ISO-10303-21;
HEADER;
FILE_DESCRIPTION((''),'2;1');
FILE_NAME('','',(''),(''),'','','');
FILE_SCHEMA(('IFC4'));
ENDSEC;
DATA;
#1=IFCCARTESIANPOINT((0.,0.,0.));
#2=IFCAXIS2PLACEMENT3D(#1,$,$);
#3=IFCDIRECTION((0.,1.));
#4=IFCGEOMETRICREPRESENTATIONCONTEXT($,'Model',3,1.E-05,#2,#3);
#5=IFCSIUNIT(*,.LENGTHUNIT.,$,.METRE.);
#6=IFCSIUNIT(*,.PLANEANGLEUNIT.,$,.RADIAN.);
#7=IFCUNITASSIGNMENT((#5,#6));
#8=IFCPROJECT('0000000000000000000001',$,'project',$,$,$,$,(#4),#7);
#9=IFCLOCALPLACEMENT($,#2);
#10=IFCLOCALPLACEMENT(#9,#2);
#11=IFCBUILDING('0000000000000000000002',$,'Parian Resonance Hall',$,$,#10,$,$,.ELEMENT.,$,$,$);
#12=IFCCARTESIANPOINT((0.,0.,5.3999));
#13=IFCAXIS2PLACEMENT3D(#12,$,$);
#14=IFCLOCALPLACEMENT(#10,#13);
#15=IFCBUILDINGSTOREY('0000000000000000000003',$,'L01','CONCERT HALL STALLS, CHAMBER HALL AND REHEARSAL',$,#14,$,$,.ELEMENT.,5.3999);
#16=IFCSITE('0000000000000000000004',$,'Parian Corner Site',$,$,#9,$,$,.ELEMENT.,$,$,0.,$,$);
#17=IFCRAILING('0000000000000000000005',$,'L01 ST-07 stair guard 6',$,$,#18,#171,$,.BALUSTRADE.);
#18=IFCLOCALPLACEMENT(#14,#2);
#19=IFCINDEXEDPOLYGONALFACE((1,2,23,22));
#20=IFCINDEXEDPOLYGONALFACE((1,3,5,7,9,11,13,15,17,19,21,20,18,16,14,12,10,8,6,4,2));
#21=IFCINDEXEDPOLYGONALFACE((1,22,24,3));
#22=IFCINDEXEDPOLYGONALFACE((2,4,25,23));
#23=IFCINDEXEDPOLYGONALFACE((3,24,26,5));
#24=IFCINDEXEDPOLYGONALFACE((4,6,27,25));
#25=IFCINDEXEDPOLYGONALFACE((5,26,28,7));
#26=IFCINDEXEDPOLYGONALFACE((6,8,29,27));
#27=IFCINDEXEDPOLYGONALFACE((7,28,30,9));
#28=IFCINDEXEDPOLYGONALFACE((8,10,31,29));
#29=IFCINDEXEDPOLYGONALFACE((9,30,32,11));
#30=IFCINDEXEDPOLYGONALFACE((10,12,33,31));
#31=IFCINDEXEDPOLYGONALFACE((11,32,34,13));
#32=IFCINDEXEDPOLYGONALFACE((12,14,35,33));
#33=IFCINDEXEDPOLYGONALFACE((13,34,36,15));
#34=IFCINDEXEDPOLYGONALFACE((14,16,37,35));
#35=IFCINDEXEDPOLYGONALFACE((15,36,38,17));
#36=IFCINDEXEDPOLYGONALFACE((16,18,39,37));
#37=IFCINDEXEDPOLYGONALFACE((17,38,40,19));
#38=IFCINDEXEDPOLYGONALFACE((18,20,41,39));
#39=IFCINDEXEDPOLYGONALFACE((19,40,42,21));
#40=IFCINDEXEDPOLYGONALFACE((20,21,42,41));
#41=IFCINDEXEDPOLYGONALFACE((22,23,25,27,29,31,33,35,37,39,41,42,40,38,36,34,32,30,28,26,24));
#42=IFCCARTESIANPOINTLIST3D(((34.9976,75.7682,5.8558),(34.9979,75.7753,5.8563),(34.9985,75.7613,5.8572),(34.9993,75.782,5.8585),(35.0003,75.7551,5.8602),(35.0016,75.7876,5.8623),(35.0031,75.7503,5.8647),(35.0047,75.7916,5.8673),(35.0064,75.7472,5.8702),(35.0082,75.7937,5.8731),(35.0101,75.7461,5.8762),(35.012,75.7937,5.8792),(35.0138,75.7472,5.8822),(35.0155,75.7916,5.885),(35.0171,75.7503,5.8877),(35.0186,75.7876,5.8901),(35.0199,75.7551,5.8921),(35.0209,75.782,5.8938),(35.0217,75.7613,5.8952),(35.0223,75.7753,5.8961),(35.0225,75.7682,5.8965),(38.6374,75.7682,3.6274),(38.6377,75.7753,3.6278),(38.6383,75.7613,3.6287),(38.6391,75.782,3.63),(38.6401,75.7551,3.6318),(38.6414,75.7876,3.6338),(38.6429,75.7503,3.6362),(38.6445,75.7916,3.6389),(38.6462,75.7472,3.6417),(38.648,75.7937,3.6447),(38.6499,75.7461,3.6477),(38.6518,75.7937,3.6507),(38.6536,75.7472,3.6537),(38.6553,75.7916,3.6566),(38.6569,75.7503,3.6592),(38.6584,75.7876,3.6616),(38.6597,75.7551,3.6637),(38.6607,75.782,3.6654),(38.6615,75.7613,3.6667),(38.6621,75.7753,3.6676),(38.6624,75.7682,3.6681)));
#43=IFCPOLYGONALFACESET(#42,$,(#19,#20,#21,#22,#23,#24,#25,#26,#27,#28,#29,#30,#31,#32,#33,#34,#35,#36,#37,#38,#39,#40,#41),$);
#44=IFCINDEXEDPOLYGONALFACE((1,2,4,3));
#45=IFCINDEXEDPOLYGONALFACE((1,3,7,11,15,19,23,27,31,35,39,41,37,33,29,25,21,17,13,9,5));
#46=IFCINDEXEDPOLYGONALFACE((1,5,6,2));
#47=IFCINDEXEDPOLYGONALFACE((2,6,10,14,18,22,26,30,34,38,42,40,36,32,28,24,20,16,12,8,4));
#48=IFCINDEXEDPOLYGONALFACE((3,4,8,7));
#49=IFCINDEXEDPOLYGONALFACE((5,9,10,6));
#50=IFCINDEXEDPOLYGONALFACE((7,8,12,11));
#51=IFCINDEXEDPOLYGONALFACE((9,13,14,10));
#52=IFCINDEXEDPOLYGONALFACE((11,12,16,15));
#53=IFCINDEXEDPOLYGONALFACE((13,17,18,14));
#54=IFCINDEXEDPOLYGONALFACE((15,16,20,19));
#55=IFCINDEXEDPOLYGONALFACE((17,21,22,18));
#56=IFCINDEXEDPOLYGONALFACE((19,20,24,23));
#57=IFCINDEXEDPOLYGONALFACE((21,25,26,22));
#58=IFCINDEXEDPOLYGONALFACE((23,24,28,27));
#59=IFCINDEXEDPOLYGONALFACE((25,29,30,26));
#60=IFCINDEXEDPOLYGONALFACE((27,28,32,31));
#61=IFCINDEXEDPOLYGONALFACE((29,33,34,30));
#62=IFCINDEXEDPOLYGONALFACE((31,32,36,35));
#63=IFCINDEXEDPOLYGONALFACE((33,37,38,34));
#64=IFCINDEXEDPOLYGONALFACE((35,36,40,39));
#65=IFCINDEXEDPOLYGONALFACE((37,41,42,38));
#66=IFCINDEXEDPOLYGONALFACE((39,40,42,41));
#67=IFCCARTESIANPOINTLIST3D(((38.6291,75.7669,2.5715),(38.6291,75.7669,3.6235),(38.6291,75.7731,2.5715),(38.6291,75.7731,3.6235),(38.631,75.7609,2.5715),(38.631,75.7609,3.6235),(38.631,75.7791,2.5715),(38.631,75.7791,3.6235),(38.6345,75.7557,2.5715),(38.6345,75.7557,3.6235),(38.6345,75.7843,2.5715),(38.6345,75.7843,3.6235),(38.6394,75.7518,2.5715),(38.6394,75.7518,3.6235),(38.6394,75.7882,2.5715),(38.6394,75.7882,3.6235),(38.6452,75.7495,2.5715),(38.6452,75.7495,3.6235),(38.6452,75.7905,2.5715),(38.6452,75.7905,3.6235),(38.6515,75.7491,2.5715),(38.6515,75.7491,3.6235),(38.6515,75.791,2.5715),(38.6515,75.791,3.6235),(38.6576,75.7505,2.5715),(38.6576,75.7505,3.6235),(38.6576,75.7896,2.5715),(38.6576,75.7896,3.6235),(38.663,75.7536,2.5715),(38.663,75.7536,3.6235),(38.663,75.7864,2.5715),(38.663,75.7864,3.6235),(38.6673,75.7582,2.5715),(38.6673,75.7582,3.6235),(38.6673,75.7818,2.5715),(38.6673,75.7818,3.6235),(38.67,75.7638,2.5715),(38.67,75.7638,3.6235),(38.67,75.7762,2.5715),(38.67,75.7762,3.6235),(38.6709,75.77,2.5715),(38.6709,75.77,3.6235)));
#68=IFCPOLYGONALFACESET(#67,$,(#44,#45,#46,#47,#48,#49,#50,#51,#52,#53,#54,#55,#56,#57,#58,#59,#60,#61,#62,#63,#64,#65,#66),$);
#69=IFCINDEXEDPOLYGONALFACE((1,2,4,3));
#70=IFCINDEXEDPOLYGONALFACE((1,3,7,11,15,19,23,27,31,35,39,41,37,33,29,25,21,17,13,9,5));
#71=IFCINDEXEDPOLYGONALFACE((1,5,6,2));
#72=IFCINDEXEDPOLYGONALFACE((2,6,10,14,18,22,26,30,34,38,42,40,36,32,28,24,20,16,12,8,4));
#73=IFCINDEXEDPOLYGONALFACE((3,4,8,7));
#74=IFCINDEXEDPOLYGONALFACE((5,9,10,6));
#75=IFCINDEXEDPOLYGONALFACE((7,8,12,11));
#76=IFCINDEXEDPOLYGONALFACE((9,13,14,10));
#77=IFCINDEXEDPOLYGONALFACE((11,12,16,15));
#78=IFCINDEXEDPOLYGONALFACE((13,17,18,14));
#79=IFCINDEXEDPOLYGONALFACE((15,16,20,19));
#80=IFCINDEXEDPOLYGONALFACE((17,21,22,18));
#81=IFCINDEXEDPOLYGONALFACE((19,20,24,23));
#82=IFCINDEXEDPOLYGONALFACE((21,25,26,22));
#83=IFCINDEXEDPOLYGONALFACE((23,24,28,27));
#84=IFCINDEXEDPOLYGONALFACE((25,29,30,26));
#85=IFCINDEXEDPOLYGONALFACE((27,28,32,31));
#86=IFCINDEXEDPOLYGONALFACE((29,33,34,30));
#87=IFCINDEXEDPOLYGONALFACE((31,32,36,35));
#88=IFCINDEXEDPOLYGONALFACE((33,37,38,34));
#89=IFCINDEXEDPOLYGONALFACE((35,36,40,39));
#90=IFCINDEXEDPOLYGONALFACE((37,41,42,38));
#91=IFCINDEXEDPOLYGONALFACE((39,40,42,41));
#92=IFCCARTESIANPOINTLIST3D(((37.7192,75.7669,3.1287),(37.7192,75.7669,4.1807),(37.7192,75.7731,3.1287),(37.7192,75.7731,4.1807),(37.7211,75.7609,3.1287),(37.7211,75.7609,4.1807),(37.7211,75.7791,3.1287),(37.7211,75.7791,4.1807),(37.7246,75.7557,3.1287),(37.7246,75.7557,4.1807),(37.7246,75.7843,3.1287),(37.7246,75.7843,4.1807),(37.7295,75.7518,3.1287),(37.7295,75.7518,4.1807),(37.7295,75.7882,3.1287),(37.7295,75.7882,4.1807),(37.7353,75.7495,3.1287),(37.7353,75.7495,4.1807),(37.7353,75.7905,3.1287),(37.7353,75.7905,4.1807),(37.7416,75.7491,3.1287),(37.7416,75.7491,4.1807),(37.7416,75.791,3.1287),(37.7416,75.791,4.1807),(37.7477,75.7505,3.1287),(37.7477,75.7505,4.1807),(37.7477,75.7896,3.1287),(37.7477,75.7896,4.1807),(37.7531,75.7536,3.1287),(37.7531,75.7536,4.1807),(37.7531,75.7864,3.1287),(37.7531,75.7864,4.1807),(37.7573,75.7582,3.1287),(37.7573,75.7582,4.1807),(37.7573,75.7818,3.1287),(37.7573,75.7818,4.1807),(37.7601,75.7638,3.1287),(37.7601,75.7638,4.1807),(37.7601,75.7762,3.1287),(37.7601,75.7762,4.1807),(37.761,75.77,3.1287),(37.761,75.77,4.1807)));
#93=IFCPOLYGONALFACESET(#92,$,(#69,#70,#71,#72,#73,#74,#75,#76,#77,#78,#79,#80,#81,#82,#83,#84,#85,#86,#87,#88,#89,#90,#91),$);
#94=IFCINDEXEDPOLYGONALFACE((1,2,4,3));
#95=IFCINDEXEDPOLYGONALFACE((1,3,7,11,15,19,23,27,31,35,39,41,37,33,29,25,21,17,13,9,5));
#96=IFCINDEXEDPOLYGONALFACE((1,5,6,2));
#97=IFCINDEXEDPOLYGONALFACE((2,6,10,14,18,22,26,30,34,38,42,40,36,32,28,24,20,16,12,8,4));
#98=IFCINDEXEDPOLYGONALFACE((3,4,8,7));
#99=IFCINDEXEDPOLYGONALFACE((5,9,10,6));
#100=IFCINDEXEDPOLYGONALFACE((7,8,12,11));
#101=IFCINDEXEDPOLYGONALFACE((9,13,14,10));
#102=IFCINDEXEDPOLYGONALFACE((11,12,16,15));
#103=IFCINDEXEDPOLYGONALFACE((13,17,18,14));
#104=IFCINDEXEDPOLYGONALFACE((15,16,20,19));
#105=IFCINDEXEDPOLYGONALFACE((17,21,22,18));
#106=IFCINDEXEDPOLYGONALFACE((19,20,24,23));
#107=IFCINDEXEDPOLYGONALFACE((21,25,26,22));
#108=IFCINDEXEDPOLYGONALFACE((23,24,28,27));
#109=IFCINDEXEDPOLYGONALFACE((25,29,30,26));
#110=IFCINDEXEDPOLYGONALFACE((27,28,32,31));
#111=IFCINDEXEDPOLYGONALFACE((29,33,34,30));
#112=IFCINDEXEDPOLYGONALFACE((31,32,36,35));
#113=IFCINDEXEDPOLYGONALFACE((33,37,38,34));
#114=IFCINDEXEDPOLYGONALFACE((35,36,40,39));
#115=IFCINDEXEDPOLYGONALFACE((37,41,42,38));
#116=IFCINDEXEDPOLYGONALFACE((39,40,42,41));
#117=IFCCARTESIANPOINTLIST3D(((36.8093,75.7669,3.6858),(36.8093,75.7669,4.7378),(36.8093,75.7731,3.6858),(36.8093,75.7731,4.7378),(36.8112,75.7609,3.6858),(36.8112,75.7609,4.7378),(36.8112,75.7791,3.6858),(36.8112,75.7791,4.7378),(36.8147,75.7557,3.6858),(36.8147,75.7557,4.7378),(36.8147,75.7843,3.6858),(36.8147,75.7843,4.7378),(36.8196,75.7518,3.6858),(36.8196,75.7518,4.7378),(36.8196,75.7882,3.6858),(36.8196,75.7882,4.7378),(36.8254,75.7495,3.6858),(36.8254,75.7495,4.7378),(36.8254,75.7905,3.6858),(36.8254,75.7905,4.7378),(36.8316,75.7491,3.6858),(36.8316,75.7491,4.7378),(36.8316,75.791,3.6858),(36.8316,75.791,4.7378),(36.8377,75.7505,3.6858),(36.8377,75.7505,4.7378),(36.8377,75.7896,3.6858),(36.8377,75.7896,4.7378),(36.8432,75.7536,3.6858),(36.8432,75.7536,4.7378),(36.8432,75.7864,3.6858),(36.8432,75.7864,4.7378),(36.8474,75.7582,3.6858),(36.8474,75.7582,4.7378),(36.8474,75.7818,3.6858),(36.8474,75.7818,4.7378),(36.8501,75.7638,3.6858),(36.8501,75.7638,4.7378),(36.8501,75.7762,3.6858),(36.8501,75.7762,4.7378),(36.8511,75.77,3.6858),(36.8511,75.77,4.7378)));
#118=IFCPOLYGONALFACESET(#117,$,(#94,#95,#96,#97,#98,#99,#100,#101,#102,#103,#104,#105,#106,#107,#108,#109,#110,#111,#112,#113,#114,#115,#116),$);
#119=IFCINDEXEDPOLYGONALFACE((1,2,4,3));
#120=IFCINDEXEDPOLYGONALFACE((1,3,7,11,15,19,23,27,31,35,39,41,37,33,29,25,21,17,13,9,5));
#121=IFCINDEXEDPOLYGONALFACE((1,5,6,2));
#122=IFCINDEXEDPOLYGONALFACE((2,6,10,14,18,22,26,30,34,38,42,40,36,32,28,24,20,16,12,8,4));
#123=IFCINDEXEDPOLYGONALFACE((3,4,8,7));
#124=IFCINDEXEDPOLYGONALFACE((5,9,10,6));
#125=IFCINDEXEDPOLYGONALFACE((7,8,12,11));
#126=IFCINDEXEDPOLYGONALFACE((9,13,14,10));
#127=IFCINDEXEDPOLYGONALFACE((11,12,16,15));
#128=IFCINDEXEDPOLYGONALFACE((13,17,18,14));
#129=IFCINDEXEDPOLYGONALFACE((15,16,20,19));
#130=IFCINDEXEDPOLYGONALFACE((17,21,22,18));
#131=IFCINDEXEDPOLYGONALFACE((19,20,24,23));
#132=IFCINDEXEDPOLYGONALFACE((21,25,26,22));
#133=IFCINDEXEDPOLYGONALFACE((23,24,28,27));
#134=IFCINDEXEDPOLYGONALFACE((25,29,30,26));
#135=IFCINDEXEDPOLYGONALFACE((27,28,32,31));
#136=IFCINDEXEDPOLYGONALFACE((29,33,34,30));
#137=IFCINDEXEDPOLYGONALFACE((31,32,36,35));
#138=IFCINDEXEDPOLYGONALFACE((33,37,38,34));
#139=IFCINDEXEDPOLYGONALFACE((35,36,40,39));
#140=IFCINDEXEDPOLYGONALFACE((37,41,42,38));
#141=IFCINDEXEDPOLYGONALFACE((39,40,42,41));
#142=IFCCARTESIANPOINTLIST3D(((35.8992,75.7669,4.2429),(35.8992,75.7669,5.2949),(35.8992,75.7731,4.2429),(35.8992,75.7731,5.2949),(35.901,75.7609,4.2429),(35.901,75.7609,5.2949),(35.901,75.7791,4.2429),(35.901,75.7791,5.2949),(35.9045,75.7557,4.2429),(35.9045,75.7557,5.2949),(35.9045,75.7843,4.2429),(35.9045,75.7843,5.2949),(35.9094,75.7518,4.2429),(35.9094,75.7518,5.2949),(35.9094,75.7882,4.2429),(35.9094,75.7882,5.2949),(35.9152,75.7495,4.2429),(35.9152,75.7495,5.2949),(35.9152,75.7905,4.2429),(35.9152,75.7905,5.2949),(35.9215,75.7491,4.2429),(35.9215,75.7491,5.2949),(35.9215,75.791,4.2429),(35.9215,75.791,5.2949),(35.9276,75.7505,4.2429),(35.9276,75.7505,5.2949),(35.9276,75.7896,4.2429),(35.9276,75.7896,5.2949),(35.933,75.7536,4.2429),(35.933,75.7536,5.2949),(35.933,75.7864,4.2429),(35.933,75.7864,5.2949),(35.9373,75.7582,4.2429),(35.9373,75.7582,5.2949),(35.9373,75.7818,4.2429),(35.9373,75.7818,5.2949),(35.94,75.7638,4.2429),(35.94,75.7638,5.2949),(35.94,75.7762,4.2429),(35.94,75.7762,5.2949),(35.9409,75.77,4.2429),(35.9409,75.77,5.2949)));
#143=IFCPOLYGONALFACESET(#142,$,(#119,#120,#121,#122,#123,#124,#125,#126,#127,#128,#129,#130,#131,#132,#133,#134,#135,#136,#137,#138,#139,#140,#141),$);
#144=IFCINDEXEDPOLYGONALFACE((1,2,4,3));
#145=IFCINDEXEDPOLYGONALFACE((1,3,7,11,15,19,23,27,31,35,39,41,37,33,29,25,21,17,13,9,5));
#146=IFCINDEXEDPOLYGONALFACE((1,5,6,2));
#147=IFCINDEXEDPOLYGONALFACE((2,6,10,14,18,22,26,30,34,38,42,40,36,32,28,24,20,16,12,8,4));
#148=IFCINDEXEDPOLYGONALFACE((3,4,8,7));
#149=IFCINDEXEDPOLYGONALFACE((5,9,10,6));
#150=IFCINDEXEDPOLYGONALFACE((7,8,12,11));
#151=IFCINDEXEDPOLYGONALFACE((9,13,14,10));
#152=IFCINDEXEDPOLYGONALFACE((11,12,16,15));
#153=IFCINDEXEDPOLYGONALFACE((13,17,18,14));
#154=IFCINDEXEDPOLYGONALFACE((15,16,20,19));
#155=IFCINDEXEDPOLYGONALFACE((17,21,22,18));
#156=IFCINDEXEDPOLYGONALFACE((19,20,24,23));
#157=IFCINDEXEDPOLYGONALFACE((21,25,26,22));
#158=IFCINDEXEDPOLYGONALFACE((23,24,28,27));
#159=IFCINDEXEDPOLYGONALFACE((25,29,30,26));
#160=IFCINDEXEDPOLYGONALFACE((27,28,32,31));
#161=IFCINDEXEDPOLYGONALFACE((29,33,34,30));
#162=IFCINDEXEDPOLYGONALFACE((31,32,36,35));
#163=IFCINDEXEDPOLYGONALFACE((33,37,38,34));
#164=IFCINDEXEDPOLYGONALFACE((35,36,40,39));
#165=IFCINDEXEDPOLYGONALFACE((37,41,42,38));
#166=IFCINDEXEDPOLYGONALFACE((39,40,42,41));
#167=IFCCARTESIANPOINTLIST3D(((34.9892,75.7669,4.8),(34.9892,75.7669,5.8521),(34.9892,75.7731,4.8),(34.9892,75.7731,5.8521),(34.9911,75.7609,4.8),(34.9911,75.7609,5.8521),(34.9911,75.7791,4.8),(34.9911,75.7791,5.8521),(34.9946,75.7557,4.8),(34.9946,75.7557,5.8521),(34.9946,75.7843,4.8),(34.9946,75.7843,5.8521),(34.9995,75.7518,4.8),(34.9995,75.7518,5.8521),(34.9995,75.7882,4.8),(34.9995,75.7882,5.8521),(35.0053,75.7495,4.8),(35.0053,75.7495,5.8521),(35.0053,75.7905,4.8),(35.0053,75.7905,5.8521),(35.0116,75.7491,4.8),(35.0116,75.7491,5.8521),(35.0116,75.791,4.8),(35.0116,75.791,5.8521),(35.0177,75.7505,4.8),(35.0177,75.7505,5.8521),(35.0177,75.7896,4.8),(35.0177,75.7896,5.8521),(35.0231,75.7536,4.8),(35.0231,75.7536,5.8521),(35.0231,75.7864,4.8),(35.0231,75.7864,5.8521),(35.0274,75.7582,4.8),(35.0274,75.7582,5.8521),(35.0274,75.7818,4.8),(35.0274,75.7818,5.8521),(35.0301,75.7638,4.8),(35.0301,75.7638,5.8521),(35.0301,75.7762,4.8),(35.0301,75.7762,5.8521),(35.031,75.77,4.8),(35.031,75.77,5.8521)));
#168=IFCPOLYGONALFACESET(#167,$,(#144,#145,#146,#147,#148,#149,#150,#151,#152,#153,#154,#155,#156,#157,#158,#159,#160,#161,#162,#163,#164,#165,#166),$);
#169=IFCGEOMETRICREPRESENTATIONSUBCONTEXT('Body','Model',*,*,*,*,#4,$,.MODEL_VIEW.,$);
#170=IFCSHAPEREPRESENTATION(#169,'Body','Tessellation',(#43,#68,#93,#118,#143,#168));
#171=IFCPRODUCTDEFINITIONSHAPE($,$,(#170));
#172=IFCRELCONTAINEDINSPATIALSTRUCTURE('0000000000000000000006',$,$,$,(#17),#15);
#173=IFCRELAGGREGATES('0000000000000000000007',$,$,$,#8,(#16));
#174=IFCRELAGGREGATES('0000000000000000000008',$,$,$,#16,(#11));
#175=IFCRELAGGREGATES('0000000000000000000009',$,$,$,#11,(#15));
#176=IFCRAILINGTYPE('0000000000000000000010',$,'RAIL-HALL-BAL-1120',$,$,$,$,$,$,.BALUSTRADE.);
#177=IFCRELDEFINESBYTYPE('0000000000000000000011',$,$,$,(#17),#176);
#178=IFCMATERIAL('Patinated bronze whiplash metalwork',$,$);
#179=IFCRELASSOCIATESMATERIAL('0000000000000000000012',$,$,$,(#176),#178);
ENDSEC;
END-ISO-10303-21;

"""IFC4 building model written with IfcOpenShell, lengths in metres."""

from ifc_helpers import new_model, si_unit, direction, frame, origin, origin_2d, place, context, subcontext, project, spatial, circle, extrude, material, type_object, element, save


model = new_model("IFC4")

# Units and contexts
model_context = context("Model", 3, precision=1e-05, world=origin(), true_north=direction((0.0, 1.0)))
body_context = subcontext(model_context, "Body", "Model", "MODEL_VIEW")
ifc_project = project(units=[si_unit("LENGTHUNIT", "METRE"), si_unit("PLANEANGLEUNIT", "RADIAN")], contexts=[model_context])

# Site, building, storey
site_placement = place(None, origin())
site = spatial("IfcSite", under=ifc_project, at=site_placement, Name="Parian Corner Site", CompositionType="ELEMENT", RefElevation=0.0)
building_placement = place(site_placement, origin())
building = spatial("IfcBuilding", under=site, at=building_placement, Name="Parian Resonance Hall", CompositionType="ELEMENT")
storey_placement = place(building_placement, frame((0.0, 0.0, 5.3999)))
storey = spatial("IfcBuildingStorey", under=building, at=storey_placement, Name="L01", Description="CONCERT HALL STALLS, CHAMBER HALL AND REHEARSAL", CompositionType="ELEMENT", Elevation=5.3999)

# Railing
ifc_material_1 = material(Name="Patinated bronze whiplash metalwork")
railing_type_1 = type_object("IfcRailingType", Name="RAIL-HALL-BAL-1120", PredefinedType="BALUSTRADE", material=ifc_material_1)
railing_1_placement = place(storey_placement, frame((38.6499, 75.77, 2.5715)))
element("IfcRailing", 1, at=railing_1_placement, inside=storey, type_object=railing_type_1, Name="L01 ST-07 stair guard 6", PredefinedType="BALUSTRADE", context=body_context, shape_type="SweptSolid", body=[
    extrude(circle(Radius=0.0239, at=origin_2d()), frame((0.0, 0.0, 1.0762), z_axis=(-0.85285, 0.0, 0.522156), x_axis=(0.0, -1.0, 0.0)), (0.0, 0.0, 1.0), 4.2678),
    extrude(circle(Radius=0.021, at=origin_2d()), origin(), (0.0, 0.0, 1.0), 1.052),
    extrude(circle(Radius=0.021, at=origin_2d()), frame((-0.9099, 0.0, 0.5571)), (0.0, 0.0, 1.0), 1.052),
    extrude(circle(Radius=0.021, at=origin_2d()), frame((-1.8198, 0.0, 1.1143)), (0.0, 0.0, 1.0), 1.052),
    extrude(circle(Radius=0.021, at=origin_2d()), frame((-2.73, 0.0, 1.6714)), (0.0, 0.0, 1.0), 1.052),
    extrude(circle(Radius=0.021, at=origin_2d()), frame((-3.6399, 0.0, 2.2285)), (0.0, 0.0, 1.0), 1.052),
])

save(model, "model.ifc")
